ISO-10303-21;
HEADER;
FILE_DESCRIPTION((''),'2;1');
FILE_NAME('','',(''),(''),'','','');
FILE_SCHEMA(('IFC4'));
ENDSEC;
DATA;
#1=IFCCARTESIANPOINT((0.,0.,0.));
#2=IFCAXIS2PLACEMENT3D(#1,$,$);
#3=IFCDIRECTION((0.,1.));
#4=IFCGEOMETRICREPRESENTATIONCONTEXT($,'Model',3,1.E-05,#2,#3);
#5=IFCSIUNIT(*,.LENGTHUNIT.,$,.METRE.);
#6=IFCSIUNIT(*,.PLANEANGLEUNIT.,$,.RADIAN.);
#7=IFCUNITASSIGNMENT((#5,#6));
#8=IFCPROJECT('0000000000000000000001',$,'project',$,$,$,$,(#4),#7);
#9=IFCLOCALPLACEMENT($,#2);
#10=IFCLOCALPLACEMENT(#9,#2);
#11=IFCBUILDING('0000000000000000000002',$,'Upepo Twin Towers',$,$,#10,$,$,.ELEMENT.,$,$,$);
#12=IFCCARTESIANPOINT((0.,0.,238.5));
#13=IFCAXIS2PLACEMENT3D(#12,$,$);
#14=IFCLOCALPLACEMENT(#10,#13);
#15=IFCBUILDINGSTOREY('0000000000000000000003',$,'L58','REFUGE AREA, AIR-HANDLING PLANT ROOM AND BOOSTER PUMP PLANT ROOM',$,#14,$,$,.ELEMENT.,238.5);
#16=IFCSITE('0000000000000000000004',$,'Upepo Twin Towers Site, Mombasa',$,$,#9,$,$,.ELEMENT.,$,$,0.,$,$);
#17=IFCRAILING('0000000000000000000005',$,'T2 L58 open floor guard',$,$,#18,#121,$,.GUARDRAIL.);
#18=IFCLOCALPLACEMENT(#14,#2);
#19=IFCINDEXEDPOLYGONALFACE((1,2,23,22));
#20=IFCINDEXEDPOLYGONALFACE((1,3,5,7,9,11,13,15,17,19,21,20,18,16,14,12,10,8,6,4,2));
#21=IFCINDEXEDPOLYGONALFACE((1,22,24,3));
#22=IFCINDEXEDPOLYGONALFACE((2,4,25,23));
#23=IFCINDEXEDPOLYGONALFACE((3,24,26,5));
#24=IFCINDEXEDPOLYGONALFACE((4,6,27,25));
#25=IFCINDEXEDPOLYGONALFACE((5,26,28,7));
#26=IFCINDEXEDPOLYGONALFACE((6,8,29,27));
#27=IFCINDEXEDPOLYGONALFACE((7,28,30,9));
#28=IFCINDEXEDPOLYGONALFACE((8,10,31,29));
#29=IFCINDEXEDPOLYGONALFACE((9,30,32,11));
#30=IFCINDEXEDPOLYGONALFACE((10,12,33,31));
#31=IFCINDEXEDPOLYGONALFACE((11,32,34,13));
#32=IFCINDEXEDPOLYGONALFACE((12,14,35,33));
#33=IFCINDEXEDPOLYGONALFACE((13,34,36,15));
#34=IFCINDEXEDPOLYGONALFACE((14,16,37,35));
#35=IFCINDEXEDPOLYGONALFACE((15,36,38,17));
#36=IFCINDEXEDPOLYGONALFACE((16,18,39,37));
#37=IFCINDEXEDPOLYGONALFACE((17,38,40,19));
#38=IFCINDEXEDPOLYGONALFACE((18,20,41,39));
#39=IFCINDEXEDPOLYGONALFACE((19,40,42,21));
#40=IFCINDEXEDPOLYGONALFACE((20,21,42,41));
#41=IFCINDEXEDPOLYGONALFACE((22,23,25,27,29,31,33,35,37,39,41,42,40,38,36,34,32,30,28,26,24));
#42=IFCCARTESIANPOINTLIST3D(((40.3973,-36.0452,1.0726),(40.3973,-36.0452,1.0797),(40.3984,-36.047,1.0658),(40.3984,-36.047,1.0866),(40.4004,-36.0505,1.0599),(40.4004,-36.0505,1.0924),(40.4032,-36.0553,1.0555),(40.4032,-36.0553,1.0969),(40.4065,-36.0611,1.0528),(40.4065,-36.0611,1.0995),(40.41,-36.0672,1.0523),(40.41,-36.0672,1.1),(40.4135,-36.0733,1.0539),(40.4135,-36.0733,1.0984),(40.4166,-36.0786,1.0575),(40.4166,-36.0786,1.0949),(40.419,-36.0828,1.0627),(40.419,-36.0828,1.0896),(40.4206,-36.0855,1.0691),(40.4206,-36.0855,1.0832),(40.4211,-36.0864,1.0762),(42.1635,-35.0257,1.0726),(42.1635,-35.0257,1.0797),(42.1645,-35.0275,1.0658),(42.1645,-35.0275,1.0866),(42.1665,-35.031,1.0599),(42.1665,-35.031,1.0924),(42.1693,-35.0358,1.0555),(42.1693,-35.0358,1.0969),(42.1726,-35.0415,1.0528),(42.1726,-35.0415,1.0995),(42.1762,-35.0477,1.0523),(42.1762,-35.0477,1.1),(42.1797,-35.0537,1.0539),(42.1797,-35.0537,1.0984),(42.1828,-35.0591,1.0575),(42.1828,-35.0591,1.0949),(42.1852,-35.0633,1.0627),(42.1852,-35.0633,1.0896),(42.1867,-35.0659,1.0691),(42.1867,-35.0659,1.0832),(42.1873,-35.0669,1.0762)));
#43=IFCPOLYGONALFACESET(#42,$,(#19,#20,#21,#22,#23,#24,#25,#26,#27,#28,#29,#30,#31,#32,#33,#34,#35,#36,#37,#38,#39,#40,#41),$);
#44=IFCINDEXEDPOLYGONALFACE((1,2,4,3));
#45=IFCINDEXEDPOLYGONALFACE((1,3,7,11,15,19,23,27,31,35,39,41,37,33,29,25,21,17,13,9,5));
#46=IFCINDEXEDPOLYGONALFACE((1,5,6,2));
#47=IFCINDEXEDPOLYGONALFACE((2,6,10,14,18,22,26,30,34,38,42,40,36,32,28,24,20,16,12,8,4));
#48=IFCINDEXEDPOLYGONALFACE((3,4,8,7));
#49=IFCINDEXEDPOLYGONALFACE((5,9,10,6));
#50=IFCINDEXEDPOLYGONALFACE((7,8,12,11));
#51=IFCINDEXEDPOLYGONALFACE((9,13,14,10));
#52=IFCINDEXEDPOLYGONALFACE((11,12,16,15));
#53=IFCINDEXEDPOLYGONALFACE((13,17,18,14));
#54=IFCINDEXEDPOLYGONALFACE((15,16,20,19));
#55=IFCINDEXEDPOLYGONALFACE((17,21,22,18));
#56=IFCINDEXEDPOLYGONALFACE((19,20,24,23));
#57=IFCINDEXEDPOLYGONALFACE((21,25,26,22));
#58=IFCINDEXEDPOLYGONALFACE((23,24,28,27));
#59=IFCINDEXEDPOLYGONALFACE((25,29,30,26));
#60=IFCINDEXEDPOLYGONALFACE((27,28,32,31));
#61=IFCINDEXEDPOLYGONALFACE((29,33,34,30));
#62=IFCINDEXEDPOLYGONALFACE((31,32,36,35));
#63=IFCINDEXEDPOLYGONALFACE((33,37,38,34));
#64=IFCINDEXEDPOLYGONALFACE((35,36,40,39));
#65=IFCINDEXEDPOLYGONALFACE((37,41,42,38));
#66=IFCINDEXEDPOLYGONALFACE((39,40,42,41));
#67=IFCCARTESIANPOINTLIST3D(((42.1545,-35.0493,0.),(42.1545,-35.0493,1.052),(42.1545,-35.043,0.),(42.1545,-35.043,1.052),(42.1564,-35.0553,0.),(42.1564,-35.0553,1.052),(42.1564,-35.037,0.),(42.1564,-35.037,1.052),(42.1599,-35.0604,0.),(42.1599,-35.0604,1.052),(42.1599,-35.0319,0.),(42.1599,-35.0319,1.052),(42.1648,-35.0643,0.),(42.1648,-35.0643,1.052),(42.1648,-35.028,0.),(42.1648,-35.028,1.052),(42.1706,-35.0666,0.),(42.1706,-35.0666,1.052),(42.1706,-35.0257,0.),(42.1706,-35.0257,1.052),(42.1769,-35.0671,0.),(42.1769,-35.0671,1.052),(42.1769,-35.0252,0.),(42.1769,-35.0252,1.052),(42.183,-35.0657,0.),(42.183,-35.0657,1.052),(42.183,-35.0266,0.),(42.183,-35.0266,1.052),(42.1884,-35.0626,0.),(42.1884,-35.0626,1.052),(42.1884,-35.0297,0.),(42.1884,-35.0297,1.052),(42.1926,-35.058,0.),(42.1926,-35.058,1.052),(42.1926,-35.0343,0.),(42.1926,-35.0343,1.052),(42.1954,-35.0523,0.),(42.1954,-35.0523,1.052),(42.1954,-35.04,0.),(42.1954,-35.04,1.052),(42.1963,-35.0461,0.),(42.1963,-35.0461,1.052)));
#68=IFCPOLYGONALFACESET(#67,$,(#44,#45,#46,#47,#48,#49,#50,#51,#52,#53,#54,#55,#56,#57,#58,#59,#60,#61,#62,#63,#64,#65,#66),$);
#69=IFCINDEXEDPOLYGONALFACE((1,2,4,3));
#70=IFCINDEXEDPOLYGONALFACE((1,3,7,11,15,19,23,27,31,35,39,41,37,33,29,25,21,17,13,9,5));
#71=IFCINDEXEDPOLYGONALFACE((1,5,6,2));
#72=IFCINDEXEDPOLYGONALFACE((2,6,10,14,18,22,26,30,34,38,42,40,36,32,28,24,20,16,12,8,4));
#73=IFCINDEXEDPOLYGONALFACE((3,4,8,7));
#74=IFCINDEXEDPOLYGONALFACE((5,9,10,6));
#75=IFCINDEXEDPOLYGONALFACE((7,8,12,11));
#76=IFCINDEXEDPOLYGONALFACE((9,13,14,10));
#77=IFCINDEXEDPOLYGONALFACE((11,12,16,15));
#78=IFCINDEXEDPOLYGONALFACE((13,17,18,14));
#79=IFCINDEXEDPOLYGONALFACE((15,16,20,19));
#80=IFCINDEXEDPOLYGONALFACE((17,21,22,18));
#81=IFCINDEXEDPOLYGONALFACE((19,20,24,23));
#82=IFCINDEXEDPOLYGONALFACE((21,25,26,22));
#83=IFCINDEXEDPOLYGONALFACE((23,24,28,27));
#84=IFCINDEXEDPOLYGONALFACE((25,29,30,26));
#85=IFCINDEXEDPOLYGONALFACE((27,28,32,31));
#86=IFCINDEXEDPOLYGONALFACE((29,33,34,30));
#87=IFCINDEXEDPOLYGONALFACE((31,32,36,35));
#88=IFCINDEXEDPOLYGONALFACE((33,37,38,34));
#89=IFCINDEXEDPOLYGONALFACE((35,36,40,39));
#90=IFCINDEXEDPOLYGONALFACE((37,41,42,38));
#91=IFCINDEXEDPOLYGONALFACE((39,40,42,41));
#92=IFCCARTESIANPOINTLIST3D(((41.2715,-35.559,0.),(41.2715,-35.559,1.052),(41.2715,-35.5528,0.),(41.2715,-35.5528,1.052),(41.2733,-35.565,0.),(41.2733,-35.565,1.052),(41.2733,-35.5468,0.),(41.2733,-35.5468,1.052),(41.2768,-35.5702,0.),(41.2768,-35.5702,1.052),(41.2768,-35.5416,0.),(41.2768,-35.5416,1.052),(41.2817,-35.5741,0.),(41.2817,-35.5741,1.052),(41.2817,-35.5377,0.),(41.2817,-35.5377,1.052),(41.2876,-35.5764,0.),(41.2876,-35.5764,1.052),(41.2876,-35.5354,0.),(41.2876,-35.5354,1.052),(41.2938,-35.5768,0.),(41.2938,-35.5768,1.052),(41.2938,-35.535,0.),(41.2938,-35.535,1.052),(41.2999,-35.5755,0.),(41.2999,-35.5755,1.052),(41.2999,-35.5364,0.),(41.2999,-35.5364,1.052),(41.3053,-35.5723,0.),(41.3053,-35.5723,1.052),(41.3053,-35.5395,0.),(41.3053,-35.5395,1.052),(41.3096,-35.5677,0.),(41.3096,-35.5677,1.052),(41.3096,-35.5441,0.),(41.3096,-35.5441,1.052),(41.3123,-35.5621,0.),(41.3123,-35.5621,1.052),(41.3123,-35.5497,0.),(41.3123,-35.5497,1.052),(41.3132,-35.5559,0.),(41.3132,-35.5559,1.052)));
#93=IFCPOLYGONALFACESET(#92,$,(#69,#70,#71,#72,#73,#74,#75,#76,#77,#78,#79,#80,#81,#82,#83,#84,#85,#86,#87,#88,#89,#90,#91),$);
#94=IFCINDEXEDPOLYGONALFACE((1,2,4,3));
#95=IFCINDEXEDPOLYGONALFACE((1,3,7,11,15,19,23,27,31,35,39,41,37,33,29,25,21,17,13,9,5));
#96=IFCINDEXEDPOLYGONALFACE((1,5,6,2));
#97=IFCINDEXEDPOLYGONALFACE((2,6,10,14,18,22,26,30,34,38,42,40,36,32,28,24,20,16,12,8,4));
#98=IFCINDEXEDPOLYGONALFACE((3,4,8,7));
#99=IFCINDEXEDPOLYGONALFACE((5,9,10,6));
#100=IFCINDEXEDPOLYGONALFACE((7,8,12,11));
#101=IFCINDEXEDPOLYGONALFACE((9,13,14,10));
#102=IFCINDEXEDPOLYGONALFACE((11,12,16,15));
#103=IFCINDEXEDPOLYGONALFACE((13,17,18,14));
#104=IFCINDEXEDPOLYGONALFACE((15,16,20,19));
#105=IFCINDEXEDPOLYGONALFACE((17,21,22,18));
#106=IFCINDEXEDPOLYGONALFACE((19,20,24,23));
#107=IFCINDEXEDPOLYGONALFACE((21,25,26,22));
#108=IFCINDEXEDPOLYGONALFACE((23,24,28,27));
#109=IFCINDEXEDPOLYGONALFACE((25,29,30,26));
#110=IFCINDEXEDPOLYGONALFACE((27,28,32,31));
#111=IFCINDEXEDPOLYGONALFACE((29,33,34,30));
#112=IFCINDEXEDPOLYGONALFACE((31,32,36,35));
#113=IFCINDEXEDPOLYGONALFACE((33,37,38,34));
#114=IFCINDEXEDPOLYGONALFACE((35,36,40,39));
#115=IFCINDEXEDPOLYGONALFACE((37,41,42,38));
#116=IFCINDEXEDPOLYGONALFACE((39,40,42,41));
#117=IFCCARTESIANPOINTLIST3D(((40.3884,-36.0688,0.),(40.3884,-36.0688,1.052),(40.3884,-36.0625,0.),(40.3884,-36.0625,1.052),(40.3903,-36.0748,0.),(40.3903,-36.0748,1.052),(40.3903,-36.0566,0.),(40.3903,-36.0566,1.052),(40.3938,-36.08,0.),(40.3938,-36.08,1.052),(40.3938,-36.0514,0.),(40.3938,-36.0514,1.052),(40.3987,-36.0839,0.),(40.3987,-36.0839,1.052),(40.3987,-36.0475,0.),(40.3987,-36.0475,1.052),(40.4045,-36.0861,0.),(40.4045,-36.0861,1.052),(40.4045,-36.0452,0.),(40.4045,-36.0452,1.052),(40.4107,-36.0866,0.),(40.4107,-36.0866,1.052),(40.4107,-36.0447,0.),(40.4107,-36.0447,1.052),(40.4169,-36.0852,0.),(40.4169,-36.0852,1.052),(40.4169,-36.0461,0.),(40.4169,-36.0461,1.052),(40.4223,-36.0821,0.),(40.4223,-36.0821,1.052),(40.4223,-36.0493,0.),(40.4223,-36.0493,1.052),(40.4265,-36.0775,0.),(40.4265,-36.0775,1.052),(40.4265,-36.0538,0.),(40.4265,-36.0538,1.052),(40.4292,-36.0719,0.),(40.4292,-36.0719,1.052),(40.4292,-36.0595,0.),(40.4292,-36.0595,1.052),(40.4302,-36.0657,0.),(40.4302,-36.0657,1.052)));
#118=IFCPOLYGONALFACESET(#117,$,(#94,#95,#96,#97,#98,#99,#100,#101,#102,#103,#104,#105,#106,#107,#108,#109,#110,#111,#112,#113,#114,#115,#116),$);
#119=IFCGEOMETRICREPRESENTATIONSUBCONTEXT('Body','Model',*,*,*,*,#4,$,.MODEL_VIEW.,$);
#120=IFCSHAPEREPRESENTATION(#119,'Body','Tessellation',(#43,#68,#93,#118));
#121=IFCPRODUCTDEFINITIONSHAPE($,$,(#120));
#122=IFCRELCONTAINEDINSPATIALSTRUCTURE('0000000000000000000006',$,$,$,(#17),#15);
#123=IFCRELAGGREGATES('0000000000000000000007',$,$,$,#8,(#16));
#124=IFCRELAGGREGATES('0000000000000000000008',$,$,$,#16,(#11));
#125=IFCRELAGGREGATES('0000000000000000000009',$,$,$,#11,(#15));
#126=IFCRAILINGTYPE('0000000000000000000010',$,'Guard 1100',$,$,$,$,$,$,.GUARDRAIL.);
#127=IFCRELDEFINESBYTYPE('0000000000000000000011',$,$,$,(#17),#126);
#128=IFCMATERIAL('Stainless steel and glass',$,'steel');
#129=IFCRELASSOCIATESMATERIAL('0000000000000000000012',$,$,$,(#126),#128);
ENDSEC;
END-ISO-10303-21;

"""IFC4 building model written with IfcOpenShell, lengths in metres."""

from ifc_helpers import new_model, si_unit, direction, frame, origin, origin_2d, place, context, subcontext, project, spatial, circle, extrude, material, type_object, element, save


model = new_model("IFC4")

# Units and contexts
model_context = context("Model", 3, precision=1e-05, world=origin(), true_north=direction((0.0, 1.0)))
body_context = subcontext(model_context, "Body", "Model", "MODEL_VIEW")
ifc_project = project(units=[si_unit("LENGTHUNIT", "METRE"), si_unit("PLANEANGLEUNIT", "RADIAN")], contexts=[model_context])

# Site, building, storey
site_placement = place(None, origin())
site = spatial("IfcSite", under=ifc_project, at=site_placement, Name="Upepo Twin Towers Site, Mombasa", CompositionType="ELEMENT", RefElevation=0.0)
building_placement = place(site_placement, origin())
building = spatial("IfcBuilding", under=site, at=building_placement, Name="Upepo Twin Towers", CompositionType="ELEMENT")
storey_placement = place(building_placement, frame((0.0, 0.0, 238.5)))
storey = spatial("IfcBuildingStorey", under=building, at=storey_placement, Name="L58", Description="REFUGE AREA, AIR-HANDLING PLANT ROOM AND BOOSTER PUMP PLANT ROOM", CompositionType="ELEMENT", Elevation=238.5)

# Railing
ifc_material_1 = material(Name="Stainless steel and glass", Category="steel")
railing_type = type_object("IfcRailingType", Name="Guard 1100", PredefinedType="GUARDRAIL", material=ifc_material_1)
railing_1_placement = place(storey_placement, frame((42.1753, -35.0461, 0.0)))
element("IfcRailing", 1, at=railing_1_placement, inside=storey, type_object=railing_type, Name="T2 L58 open floor guard", PredefinedType="GUARDRAIL", context=body_context, shape_type="SweptSolid", body=[
    extrude(circle(Radius=0.0239, at=origin_2d()), frame((0.0, 0.0, 1.0762), z_axis=(-0.866054, -0.49995, 0.0), x_axis=(0.49995, -0.866054, 0.0)), (0.0, 0.0, 1.0), 2.0393),
    extrude(circle(Radius=0.021, at=origin_2d()), origin(), (0.0, 0.0, 1.0), 1.052),
    extrude(circle(Radius=0.021, at=origin_2d()), frame((-0.8831, -0.5098, 0.0)), (0.0, 0.0, 1.0), 1.052),
    extrude(circle(Radius=0.021, at=origin_2d()), frame((-1.7661, -1.0195, 0.0)), (0.0, 0.0, 1.0), 1.052),
])

save(model, "model.ifc")
